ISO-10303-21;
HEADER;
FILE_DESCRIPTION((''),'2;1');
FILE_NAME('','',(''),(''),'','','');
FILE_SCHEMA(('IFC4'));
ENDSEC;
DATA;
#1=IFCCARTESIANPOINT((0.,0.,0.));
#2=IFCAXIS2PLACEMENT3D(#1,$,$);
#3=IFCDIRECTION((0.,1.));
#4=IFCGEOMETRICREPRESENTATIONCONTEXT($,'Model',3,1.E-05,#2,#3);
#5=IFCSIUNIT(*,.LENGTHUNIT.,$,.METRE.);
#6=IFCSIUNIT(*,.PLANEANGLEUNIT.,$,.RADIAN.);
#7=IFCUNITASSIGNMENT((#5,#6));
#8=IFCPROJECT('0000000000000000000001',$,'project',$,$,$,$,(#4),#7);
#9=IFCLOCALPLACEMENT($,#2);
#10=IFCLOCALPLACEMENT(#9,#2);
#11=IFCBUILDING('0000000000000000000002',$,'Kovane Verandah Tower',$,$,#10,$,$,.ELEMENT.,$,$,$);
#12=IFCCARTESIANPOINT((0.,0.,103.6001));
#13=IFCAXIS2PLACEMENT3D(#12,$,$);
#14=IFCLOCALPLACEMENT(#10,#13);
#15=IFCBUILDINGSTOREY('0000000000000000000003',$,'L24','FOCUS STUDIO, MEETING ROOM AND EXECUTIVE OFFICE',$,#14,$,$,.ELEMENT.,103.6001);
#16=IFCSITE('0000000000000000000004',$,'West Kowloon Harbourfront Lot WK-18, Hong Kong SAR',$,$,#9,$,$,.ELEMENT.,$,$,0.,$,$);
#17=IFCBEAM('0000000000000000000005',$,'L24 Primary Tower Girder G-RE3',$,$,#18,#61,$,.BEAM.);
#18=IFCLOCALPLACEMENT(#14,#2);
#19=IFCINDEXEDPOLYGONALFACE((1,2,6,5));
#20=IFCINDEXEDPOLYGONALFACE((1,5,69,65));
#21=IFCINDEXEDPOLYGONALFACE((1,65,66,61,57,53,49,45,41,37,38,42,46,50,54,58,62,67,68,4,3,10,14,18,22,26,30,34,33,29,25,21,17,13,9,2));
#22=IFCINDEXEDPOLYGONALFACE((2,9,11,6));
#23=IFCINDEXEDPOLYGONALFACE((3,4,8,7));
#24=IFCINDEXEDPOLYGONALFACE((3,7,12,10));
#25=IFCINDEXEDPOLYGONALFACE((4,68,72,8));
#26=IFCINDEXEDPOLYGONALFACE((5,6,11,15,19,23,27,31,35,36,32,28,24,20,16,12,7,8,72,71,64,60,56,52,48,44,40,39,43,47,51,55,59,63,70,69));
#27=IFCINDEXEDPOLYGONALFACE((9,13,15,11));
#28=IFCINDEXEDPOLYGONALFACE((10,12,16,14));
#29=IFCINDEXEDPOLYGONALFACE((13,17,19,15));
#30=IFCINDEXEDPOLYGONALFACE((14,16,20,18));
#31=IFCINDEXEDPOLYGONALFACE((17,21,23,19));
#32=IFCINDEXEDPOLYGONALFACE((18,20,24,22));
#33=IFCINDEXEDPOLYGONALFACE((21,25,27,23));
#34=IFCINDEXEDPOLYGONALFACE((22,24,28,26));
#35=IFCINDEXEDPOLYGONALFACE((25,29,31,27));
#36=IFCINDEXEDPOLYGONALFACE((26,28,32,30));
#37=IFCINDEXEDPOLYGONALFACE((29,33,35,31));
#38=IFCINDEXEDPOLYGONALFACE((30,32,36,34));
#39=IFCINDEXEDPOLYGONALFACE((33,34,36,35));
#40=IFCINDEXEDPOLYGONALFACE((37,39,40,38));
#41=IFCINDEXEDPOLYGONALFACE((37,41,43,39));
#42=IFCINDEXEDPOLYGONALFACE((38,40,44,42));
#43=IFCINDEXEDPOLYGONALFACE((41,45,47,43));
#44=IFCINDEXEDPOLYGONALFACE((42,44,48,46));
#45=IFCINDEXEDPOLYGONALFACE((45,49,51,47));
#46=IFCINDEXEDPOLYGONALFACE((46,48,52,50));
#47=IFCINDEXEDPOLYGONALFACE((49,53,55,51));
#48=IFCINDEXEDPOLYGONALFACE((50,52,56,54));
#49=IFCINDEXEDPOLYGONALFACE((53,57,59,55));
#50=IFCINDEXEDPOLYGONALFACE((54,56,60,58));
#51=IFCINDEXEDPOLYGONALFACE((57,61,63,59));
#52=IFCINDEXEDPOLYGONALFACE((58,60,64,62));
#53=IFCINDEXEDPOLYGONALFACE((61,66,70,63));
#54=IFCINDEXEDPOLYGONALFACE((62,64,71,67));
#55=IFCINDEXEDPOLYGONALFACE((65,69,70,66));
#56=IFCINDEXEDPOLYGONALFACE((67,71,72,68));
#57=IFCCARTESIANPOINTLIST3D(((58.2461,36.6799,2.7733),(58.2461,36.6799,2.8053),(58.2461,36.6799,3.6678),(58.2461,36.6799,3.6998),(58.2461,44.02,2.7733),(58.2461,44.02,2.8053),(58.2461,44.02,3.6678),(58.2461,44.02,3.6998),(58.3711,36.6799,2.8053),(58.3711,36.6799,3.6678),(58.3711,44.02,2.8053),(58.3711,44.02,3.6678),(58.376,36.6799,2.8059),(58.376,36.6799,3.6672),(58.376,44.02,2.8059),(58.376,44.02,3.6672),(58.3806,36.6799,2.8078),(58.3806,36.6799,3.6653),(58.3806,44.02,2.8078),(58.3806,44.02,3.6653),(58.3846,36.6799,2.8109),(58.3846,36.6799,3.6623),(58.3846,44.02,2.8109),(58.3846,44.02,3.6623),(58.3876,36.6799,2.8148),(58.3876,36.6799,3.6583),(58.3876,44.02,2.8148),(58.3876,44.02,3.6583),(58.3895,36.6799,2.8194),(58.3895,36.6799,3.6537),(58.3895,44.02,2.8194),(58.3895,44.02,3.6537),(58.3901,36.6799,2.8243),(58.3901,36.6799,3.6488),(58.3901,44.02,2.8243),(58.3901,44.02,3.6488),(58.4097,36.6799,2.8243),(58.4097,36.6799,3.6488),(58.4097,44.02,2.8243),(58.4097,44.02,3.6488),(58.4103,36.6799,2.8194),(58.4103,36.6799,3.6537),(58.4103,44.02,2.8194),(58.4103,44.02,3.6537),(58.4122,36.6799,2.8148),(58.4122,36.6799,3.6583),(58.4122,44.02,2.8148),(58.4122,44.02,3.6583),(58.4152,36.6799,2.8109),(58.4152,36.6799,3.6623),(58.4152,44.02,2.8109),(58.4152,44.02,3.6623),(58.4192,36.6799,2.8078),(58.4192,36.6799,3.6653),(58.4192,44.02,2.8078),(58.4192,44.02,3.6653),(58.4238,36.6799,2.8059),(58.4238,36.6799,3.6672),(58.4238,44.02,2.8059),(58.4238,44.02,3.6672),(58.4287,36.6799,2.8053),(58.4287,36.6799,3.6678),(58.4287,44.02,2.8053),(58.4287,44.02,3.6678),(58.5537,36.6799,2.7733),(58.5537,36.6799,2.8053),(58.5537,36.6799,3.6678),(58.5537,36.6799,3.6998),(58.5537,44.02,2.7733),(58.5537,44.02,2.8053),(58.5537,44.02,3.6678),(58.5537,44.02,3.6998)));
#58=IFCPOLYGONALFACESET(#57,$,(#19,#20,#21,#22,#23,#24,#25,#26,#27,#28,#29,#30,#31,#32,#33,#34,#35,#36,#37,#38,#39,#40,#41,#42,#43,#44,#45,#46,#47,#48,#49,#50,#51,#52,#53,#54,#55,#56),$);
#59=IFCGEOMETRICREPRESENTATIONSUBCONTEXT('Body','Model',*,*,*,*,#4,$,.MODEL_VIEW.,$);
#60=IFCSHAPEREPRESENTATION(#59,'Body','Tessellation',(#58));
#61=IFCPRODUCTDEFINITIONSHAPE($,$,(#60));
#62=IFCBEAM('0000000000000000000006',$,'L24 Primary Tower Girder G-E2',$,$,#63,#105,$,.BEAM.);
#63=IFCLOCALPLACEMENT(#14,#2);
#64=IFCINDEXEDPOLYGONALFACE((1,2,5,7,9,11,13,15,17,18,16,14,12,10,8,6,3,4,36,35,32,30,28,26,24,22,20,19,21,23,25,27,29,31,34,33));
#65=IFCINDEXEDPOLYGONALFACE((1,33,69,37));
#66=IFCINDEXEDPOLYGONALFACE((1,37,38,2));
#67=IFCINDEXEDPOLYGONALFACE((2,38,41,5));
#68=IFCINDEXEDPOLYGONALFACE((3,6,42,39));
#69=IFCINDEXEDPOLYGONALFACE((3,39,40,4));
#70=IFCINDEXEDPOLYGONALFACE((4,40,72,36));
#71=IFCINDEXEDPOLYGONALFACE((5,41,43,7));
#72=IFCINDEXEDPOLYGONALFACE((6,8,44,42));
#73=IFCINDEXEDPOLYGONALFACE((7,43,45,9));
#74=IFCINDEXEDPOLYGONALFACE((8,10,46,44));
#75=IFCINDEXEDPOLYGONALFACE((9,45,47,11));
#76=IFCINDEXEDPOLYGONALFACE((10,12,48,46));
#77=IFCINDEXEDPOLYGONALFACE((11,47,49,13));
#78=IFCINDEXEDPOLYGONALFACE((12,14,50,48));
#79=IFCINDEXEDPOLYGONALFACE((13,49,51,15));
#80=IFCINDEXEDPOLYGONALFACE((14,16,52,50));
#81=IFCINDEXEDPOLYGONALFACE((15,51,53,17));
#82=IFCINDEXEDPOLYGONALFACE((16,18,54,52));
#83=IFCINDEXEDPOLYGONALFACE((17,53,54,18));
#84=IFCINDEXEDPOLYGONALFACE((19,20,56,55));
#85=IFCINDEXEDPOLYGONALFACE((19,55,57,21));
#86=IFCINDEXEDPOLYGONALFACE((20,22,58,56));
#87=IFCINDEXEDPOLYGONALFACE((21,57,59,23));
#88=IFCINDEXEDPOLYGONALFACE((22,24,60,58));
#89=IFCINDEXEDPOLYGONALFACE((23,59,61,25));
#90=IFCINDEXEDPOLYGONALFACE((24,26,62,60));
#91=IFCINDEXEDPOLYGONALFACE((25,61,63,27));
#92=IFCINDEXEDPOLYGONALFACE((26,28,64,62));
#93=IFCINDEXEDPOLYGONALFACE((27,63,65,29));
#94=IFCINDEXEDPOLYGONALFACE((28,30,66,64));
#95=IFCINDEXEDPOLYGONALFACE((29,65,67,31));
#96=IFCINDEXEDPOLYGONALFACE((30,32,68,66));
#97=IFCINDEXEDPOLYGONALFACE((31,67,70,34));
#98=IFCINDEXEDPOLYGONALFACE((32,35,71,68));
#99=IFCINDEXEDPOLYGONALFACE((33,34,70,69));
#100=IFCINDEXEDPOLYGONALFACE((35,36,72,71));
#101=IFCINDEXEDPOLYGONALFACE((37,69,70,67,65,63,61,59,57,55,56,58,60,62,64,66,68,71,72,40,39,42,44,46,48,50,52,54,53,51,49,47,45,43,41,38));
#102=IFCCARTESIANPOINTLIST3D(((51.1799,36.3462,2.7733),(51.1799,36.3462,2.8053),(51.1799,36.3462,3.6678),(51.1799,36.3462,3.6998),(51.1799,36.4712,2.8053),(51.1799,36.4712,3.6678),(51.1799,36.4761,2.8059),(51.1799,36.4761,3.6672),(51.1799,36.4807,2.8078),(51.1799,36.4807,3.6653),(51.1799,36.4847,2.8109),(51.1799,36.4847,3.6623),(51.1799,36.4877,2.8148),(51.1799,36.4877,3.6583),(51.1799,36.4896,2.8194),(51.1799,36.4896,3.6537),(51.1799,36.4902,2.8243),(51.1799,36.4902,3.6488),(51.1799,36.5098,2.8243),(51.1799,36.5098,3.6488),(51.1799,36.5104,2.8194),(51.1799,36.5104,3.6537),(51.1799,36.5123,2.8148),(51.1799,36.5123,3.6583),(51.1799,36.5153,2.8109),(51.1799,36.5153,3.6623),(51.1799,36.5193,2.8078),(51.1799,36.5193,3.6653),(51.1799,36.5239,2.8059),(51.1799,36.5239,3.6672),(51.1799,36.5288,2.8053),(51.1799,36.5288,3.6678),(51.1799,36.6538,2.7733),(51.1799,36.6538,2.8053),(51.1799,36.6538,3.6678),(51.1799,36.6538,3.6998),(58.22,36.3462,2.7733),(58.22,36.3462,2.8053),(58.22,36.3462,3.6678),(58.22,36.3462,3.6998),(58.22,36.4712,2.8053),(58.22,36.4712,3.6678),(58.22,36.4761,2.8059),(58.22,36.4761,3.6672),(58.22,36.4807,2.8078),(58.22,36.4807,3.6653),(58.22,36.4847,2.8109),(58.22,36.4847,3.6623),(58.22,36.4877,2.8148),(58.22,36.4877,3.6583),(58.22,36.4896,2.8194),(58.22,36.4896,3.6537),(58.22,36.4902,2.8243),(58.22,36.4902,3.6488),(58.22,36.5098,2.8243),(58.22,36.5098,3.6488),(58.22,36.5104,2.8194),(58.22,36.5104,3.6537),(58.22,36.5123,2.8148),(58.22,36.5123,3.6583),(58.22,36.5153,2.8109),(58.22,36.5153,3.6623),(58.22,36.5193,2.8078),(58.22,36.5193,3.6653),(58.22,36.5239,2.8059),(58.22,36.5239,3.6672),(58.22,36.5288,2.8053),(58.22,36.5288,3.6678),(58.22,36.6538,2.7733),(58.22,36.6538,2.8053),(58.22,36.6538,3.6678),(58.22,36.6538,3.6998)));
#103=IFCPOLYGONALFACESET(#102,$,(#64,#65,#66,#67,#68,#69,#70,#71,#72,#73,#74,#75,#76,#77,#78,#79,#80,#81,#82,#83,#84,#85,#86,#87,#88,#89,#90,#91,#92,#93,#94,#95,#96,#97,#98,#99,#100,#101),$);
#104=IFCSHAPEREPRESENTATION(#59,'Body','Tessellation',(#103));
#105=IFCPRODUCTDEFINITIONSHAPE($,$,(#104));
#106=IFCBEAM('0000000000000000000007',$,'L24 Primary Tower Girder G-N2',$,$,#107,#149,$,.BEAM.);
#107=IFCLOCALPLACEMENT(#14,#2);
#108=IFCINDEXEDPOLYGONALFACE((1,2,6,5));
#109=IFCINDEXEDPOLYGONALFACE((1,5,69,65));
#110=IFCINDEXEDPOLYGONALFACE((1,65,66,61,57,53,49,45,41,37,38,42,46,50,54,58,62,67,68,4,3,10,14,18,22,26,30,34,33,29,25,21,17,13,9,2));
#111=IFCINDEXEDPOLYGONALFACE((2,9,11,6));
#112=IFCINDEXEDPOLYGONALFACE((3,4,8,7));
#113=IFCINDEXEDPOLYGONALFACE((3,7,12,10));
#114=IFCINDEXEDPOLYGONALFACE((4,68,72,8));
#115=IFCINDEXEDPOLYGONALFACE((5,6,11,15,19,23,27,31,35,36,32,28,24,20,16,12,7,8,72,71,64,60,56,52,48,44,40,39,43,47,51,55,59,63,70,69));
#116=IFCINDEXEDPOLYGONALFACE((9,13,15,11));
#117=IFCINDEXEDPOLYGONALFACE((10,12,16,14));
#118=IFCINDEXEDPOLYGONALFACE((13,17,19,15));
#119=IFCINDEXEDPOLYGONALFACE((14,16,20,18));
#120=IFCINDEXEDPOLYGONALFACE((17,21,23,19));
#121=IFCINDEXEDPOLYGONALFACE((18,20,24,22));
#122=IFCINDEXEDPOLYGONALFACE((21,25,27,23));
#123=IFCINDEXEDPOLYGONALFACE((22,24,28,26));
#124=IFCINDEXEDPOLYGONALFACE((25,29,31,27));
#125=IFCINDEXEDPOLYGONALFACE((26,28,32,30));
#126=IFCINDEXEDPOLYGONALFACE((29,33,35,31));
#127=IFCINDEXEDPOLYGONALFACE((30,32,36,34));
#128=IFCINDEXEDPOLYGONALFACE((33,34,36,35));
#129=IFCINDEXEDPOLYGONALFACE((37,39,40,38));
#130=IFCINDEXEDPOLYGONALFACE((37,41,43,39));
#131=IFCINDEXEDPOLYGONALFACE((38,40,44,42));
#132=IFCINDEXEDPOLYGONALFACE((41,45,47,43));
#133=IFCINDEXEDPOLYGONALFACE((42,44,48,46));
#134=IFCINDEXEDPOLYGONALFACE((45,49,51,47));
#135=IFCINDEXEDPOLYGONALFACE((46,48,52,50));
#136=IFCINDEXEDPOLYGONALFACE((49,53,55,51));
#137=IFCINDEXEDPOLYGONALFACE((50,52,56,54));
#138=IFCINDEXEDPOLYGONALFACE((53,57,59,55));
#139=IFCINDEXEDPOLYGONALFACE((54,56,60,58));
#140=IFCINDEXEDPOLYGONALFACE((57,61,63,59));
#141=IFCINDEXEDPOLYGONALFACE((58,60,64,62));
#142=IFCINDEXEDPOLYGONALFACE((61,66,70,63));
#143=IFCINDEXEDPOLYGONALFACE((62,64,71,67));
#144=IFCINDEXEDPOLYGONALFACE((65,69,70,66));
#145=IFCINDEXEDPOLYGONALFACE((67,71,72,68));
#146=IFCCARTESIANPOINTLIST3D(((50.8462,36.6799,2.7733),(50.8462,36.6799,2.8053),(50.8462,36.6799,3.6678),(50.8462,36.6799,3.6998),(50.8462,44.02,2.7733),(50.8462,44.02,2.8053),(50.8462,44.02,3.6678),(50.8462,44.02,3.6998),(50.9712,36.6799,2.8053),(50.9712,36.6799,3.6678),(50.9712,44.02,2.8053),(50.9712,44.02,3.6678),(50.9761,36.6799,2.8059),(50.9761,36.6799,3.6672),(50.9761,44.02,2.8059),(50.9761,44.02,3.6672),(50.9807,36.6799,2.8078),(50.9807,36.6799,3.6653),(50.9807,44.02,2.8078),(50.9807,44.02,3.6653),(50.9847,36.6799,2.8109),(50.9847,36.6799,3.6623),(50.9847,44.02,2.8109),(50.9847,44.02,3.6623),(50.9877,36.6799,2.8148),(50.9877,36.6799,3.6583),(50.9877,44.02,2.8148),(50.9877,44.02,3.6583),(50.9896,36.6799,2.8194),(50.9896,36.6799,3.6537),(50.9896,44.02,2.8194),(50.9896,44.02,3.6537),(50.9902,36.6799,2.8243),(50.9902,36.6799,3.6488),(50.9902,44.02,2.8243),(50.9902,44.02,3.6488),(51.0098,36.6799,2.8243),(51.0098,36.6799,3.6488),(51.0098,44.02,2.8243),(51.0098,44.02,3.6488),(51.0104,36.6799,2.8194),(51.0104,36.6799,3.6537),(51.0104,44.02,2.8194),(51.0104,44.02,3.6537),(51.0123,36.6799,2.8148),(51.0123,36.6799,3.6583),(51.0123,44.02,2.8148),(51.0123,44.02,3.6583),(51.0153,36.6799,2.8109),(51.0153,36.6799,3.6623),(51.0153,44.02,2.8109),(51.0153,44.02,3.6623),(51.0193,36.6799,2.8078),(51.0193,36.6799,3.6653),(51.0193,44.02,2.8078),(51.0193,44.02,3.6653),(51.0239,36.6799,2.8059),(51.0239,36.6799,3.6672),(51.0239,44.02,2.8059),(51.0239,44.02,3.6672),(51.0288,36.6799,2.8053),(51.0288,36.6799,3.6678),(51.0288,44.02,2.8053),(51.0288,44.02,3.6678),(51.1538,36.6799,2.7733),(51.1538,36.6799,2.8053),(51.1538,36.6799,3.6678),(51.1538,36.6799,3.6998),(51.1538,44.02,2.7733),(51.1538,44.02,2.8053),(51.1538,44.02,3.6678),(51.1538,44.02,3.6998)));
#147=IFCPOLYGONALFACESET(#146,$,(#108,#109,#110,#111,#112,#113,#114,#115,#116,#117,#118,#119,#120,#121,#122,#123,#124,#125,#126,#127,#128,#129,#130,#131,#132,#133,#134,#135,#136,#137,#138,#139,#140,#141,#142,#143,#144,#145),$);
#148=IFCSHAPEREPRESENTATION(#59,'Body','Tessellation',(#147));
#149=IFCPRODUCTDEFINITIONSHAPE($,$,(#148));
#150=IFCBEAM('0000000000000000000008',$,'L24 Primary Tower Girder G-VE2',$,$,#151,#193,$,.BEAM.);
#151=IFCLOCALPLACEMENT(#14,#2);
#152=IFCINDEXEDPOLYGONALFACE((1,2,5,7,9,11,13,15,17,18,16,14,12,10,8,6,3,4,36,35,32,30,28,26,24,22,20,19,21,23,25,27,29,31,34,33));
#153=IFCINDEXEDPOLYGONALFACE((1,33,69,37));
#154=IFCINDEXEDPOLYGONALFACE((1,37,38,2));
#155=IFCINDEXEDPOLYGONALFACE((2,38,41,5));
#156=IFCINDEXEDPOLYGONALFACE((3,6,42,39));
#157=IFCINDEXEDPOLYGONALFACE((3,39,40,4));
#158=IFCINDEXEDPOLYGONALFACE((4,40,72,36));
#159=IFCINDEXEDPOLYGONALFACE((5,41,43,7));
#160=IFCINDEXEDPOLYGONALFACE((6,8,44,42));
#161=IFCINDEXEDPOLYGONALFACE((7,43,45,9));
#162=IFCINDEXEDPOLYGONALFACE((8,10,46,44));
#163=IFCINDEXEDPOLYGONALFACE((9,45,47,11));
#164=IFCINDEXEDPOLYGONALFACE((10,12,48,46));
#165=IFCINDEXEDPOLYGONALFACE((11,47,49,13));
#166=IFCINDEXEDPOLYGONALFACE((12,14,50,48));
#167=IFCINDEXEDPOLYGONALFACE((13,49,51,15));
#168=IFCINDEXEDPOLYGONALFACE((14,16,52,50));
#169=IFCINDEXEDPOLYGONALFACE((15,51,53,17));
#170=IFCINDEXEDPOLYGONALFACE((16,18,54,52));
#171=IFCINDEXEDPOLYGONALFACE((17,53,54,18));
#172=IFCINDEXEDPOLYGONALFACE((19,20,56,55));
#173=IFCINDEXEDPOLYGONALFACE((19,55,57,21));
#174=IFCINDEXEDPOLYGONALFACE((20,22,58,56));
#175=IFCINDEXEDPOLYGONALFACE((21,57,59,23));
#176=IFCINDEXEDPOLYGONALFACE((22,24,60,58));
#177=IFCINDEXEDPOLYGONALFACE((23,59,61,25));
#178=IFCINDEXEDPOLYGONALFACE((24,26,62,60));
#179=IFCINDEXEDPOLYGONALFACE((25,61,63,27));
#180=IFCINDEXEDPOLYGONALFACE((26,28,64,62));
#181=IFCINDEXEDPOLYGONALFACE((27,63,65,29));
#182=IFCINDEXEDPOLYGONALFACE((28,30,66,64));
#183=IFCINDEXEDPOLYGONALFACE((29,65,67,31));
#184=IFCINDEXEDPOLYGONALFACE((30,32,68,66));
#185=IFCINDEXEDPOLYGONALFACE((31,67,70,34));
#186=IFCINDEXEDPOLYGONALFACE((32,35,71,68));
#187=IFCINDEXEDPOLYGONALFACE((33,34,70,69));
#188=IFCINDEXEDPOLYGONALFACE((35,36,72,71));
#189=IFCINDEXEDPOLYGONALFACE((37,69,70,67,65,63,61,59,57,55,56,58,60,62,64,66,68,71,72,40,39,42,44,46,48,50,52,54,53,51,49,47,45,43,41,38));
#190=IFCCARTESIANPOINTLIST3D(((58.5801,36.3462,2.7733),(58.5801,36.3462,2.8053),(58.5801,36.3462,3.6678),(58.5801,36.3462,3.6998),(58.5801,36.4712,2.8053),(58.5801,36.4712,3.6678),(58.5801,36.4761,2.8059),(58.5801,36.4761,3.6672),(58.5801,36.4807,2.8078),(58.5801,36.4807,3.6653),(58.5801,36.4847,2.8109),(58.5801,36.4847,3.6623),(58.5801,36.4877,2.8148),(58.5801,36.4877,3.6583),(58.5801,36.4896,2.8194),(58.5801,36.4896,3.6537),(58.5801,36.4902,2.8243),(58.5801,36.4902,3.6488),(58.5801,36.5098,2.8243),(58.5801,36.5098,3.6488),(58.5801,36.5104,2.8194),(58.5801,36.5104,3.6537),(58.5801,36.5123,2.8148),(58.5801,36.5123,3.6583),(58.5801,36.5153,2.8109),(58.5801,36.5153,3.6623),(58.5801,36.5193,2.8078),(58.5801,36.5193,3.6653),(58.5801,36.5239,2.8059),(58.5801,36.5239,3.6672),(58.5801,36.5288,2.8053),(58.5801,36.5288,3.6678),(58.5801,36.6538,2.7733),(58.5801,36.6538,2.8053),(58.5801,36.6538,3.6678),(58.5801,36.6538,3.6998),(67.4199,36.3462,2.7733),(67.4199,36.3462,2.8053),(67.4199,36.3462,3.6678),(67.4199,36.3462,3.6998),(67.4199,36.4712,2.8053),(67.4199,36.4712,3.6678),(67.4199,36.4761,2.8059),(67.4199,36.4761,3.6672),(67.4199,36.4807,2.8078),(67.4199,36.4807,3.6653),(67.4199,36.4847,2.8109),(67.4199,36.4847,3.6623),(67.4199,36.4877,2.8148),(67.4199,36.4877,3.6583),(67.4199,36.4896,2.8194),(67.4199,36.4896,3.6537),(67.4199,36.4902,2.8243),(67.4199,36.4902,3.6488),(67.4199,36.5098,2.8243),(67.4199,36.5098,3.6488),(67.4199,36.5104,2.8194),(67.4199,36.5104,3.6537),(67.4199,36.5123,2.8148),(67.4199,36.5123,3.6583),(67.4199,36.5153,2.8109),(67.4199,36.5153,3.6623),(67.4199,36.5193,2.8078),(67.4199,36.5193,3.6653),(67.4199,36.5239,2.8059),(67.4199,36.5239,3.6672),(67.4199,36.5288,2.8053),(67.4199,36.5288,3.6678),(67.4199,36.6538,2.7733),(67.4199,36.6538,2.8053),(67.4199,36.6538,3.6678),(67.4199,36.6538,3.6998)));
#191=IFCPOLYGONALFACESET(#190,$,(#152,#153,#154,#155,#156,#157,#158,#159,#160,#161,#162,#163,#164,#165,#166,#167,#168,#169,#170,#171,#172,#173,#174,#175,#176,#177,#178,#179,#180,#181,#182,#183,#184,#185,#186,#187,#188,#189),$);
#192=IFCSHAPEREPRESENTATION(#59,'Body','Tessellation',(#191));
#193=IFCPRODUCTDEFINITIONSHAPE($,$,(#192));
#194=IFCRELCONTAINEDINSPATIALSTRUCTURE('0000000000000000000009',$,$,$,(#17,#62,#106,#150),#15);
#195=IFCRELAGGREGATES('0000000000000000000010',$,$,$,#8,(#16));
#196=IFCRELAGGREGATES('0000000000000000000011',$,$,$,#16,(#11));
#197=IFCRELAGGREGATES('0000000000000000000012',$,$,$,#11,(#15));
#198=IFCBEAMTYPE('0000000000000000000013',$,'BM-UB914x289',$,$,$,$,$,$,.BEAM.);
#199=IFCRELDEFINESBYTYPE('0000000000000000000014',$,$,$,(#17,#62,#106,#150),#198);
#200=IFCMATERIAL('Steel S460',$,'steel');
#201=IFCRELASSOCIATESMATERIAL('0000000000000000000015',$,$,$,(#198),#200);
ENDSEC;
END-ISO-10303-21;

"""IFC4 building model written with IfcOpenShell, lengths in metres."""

from ifc_helpers import new_model, si_unit, direction, frame, origin, origin_2d, place, context, subcontext, project, spatial, i_section, extrude, material, material_profile, profile_set, type_object, element, save


model = new_model("IFC4")

# Units and contexts
model_context = context("Model", 3, precision=1e-05, world=origin(), true_north=direction((0.0, 1.0)))
body_context = subcontext(model_context, "Body", "Model", "MODEL_VIEW")
ifc_project = project(units=[si_unit("LENGTHUNIT", "METRE"), si_unit("PLANEANGLEUNIT", "RADIAN")], contexts=[model_context])

# Site, building, storey
site_placement = place(None, origin())
site = spatial("IfcSite", under=ifc_project, at=site_placement, Name="West Kowloon Harbourfront Lot WK-18, Hong Kong SAR", CompositionType="ELEMENT", RefElevation=0.0)
building_placement = place(site_placement, origin())
building = spatial("IfcBuilding", under=site, at=building_placement, Name="Kovane Verandah Tower", CompositionType="ELEMENT")
storey_placement = place(building_placement, frame((0.0, 0.0, 103.6001)))
storey = spatial("IfcBuildingStorey", under=building, at=storey_placement, Name="L24", Description="FOCUS STUDIO, MEETING ROOM AND EXECUTIVE OFFICE", CompositionType="ELEMENT", Elevation=103.6001)

# Shared definitions
ifc_material_1 = material(Name="Steel S460", Category="steel")

# Beams
ifc_material_profile_1 = material_profile(ifc_material_1, i_section(OverallWidth=0.3076, OverallDepth=0.9265, WebThickness=0.0195, FlangeThickness=0.032, FilletRadius=0.019, at=origin_2d()), Name="UB914x305x289")
ifc_profile_set_1 = profile_set([ifc_material_profile_1], Name="Steel S460")
beam_type_1 = type_object("IfcBeamType", Name="BM-UB914x289", PredefinedType="BEAM", material=ifc_profile_set_1)
beam_1_placement = place(storey_placement, frame((58.3999, 36.6799, 3.2366), z_axis=(0.0, 1.0, 0.0), x_axis=(-1.0, 0.0, 0.0)))
element("IfcBeam", 1, at=beam_1_placement, inside=storey, type_object=beam_type_1, Name="L24 Primary Tower Girder G-RE3", PredefinedType="BEAM", context=body_context, shape_type="SweptSolid", body=[
    extrude(i_section(OverallWidth=0.3076, OverallDepth=0.9265, WebThickness=0.0195, FlangeThickness=0.032, FilletRadius=0.019, at=origin_2d()), origin(), (0.0, 0.0, 1.0), 7.3401),
])
beam_2_placement = place(storey_placement, frame((51.1799, 36.5, 3.2366), z_axis=(1.0, 0.0, 0.0), x_axis=(0.0, 1.0, 0.0)))
element("IfcBeam", 2, at=beam_2_placement, inside=storey, type_object=beam_type_1, Name="L24 Primary Tower Girder G-E2", PredefinedType="BEAM", context=body_context, shape_type="SweptSolid", body=[
    extrude(i_section(OverallWidth=0.3076, OverallDepth=0.9265, WebThickness=0.0195, FlangeThickness=0.032, FilletRadius=0.019, at=origin_2d()), origin(), (0.0, 0.0, 1.0), 7.04),
])
beam_3_placement = place(storey_placement, frame((51.0, 36.6799, 3.2366), z_axis=(0.0, 1.0, 0.0), x_axis=(-1.0, 0.0, 0.0)))
element("IfcBeam", 3, at=beam_3_placement, inside=storey, type_object=beam_type_1, Name="L24 Primary Tower Girder G-N2", PredefinedType="BEAM", context=body_context, shape_type="SweptSolid", body=[
    extrude(i_section(OverallWidth=0.3076, OverallDepth=0.9265, WebThickness=0.0195, FlangeThickness=0.032, FilletRadius=0.019, at=origin_2d()), origin(), (0.0, 0.0, 1.0), 7.3401),
])
beam_4_placement = place(storey_placement, frame((58.5801, 36.5, 3.2366), z_axis=(1.0, 0.0, 0.0), x_axis=(0.0, 1.0, 0.0)))
element("IfcBeam", 4, at=beam_4_placement, inside=storey, type_object=beam_type_1, Name="L24 Primary Tower Girder G-VE2", PredefinedType="BEAM", context=body_context, shape_type="SweptSolid", body=[
    extrude(i_section(OverallWidth=0.3076, OverallDepth=0.9265, WebThickness=0.0195, FlangeThickness=0.032, FilletRadius=0.019, at=origin_2d()), origin(), (0.0, 0.0, 1.0), 8.8398),
])

save(model, "model.ifc")
